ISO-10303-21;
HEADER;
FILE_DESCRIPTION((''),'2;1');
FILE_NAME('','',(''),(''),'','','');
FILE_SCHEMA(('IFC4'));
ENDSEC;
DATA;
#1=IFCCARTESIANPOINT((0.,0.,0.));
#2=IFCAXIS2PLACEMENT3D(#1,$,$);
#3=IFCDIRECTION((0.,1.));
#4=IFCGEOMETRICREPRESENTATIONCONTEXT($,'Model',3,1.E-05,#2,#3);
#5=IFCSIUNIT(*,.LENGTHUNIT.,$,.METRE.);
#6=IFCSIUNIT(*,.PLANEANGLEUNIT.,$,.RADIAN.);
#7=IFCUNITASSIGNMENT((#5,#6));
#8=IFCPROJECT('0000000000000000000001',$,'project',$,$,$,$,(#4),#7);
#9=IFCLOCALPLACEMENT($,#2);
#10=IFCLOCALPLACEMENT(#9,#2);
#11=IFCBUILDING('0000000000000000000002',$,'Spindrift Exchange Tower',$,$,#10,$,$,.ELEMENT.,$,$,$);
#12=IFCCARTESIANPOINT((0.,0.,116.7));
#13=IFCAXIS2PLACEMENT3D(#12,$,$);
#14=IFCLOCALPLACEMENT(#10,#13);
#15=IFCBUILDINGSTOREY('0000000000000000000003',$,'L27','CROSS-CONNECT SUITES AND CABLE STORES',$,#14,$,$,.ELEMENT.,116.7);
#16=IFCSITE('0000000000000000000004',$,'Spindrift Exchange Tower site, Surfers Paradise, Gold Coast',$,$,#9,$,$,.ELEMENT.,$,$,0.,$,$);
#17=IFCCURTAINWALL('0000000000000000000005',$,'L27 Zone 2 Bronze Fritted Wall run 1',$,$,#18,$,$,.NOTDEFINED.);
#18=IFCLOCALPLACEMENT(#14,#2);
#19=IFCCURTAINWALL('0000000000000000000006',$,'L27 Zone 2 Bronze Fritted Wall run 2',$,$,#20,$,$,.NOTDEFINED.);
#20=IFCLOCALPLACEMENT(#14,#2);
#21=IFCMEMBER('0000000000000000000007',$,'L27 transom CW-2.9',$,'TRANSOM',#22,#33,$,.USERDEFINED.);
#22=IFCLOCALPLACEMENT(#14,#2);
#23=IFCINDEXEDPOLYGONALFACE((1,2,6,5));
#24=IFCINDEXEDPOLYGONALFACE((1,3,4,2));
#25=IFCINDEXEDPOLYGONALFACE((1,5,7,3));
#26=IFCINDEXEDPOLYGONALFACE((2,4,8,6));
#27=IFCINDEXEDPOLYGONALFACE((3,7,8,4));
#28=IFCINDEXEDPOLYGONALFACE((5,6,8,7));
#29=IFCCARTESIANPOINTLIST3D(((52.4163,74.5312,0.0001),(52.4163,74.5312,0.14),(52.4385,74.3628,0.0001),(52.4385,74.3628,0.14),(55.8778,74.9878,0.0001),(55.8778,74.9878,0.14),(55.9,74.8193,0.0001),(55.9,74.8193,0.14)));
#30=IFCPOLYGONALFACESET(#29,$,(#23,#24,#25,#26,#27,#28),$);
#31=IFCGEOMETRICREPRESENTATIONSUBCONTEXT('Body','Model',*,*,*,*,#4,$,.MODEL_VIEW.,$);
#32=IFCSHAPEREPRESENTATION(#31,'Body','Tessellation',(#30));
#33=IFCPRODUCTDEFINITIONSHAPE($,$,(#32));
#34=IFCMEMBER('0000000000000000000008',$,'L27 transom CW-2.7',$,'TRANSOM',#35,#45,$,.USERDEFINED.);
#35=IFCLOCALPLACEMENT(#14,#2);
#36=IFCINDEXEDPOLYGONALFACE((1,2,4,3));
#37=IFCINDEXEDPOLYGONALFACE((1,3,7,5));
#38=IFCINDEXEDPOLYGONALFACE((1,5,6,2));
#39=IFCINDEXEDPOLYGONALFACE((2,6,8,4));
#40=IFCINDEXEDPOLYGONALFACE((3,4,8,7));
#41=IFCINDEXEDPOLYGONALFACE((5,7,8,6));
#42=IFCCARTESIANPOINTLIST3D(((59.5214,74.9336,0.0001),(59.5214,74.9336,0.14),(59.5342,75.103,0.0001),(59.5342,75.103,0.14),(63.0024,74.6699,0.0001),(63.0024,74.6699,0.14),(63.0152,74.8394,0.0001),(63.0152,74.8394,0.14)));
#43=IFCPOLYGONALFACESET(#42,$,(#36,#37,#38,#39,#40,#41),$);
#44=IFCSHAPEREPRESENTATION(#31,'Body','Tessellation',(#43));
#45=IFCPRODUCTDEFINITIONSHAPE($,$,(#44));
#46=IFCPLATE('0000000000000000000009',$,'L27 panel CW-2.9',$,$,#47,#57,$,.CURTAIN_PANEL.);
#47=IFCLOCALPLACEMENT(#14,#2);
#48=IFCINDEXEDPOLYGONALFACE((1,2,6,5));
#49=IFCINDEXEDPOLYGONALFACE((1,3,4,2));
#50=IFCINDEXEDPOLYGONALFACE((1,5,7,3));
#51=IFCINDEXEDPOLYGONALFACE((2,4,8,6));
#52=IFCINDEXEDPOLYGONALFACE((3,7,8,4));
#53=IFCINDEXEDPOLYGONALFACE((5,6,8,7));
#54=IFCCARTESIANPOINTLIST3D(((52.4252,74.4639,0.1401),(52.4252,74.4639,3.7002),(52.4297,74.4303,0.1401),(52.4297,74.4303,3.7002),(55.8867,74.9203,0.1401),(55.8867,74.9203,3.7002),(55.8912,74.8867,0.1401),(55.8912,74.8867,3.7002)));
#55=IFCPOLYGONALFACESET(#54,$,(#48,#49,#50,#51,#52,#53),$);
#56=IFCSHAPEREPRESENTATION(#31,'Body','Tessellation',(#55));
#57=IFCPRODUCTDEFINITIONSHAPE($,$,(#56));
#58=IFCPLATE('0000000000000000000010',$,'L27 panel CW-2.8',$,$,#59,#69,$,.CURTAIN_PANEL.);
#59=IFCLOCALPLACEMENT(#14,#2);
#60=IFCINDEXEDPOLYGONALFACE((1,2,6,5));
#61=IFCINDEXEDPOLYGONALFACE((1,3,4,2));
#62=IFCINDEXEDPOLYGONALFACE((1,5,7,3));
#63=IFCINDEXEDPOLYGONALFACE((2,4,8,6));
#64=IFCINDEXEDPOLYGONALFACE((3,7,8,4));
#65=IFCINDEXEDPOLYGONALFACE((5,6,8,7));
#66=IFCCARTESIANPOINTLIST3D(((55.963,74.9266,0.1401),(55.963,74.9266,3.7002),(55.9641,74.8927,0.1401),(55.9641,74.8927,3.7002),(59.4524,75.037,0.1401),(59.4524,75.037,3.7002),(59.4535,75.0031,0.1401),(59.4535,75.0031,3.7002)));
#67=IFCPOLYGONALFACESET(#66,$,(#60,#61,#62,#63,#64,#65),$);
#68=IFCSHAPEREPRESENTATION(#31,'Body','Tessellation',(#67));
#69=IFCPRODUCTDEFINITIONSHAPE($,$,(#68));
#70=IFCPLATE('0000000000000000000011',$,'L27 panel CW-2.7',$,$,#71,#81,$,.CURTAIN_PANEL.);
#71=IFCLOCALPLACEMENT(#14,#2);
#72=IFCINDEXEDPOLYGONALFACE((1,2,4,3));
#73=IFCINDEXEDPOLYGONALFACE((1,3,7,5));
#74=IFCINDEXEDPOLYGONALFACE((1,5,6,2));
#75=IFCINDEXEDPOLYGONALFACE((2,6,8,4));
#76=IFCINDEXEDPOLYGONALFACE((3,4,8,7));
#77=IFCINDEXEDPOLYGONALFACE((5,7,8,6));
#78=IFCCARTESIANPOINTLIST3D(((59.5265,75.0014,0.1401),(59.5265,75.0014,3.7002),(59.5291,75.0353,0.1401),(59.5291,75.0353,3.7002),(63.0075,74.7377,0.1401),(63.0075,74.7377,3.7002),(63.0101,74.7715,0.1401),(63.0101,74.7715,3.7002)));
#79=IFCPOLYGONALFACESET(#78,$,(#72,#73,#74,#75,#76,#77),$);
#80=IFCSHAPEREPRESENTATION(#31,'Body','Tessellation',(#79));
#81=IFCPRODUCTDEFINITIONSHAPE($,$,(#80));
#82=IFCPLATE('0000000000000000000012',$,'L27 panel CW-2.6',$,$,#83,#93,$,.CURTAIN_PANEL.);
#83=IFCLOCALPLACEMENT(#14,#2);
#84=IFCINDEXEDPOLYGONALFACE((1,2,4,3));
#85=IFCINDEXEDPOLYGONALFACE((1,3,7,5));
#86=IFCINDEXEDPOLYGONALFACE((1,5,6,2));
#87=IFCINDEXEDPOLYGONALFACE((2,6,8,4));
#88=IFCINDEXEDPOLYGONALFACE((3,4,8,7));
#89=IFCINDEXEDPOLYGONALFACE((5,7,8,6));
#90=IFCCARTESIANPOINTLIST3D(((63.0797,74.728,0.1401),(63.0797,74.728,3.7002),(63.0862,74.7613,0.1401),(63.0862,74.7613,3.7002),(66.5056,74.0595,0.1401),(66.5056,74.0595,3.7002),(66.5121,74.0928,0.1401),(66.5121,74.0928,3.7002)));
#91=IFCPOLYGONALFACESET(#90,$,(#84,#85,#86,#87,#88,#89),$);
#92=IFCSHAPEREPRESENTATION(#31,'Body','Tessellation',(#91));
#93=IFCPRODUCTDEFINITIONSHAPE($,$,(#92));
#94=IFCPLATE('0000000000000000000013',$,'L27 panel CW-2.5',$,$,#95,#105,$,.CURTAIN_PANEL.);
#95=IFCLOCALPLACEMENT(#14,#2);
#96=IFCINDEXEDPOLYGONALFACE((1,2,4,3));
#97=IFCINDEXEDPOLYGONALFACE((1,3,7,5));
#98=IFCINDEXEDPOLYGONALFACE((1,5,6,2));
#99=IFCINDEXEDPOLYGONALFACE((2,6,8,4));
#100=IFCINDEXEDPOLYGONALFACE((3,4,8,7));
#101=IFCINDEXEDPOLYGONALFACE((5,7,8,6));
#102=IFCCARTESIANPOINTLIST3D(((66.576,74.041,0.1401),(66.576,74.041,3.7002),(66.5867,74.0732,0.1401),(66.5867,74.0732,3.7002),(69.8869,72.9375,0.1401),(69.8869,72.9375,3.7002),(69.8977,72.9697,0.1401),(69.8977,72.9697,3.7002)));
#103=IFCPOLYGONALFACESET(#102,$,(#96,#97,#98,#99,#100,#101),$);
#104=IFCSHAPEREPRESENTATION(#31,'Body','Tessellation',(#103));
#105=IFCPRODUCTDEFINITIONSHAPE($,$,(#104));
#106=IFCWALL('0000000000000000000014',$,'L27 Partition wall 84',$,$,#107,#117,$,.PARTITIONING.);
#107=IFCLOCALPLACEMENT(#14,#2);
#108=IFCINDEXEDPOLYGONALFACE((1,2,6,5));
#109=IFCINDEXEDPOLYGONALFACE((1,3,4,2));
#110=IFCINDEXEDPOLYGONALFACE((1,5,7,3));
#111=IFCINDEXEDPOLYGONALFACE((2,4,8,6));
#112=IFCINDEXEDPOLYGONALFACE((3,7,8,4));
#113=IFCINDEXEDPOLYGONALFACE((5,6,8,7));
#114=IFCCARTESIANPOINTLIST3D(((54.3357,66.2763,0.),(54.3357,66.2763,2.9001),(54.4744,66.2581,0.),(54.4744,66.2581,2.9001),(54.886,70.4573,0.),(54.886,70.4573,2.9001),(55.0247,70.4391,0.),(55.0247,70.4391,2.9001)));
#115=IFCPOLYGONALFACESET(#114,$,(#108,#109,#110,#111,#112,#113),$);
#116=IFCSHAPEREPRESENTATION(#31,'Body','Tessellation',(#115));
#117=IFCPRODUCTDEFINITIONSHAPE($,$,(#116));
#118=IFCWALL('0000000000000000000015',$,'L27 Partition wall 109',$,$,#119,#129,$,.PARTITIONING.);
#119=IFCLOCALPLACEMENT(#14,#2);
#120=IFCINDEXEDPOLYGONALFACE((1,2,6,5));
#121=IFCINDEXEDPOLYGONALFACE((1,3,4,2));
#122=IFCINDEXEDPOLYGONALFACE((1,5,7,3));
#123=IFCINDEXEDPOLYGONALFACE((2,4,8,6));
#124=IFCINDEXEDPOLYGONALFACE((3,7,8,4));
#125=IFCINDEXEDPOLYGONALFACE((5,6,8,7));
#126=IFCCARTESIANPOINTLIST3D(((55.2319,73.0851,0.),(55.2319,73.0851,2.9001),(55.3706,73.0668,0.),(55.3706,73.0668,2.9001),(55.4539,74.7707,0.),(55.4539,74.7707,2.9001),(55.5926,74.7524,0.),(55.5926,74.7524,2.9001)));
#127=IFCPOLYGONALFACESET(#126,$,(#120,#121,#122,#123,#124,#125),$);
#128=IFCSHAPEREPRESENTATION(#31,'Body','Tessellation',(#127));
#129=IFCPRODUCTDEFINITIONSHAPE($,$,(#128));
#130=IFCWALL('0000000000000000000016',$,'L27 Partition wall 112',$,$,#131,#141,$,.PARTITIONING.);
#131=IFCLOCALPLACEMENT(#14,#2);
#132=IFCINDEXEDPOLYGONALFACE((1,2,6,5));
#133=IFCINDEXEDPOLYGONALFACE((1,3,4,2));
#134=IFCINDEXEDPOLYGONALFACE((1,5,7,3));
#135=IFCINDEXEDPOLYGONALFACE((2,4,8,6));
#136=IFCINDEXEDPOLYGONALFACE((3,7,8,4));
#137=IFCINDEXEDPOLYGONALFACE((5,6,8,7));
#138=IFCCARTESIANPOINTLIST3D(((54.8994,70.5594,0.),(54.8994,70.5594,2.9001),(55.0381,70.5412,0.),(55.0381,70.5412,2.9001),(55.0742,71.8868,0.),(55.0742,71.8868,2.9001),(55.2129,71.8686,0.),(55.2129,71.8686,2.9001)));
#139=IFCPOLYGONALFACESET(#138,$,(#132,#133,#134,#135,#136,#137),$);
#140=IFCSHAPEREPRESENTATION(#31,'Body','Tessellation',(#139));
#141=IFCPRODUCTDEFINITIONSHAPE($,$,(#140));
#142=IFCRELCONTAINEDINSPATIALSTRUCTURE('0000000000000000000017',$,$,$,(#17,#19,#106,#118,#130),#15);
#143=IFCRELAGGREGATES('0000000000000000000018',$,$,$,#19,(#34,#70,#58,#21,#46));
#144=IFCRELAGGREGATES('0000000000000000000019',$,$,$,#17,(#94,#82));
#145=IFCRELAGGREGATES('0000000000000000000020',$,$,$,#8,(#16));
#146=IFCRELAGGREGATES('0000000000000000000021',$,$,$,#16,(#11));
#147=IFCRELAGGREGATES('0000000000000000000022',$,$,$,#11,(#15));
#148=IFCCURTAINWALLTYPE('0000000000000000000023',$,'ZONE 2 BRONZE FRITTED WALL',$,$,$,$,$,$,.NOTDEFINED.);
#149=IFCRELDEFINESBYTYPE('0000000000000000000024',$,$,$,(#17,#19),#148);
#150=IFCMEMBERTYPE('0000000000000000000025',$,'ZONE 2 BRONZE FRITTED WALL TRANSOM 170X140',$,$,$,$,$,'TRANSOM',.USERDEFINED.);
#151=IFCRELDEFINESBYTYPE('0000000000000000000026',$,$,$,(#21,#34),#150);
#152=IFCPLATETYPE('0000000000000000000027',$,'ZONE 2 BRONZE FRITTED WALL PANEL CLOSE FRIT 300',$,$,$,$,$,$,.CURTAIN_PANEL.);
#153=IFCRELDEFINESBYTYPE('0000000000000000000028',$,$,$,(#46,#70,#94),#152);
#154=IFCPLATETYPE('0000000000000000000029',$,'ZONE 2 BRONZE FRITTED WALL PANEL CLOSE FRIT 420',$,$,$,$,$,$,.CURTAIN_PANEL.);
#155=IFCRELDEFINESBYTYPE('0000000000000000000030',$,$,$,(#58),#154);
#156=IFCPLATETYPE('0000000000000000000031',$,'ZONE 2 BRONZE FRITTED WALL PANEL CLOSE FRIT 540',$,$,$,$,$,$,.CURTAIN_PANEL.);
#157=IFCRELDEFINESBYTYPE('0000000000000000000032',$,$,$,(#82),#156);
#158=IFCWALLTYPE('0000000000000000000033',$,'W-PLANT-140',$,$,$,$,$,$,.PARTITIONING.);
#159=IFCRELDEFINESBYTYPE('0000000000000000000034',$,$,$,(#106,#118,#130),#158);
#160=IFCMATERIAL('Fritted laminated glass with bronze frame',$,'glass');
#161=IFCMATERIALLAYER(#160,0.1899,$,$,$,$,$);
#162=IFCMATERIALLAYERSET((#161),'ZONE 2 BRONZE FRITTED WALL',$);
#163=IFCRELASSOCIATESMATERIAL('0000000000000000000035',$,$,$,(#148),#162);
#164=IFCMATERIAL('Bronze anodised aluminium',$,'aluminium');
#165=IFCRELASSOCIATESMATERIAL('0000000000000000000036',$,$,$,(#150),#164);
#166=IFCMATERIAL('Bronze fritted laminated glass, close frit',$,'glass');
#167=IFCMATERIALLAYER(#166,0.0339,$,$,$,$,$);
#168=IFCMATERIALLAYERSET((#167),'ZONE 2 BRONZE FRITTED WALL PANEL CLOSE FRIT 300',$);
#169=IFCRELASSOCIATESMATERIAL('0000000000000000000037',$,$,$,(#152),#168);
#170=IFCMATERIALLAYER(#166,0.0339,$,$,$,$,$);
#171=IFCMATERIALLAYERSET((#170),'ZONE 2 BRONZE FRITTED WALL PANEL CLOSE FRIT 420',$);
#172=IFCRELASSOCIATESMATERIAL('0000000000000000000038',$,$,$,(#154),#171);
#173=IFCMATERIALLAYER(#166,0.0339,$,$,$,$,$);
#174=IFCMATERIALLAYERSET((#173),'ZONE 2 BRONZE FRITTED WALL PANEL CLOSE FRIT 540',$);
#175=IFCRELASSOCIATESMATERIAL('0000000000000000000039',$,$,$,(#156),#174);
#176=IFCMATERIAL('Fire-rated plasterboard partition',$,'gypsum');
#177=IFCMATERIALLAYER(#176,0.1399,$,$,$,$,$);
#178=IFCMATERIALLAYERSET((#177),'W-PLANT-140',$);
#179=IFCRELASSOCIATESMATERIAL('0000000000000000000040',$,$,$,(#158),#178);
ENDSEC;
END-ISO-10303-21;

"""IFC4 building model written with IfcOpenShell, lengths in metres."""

from ifc_helpers import new_model, si_unit, direction, frame, frame_2d, origin, origin_2d, place, context, subcontext, project, spatial, rectangle, extrude, source, transform, mapped, material, layer, layer_set, material_profile, profile_set, type_object, element, aggregate, save


model = new_model("IFC4")

# Units and contexts
model_context = context("Model", 3, precision=1e-05, world=origin(), true_north=direction((0.0, 1.0)))
body_context = subcontext(model_context, "Body", "Model", "MODEL_VIEW")
ifc_project = project(units=[si_unit("LENGTHUNIT", "METRE"), si_unit("PLANEANGLEUNIT", "RADIAN")], contexts=[model_context])

# Site, building, storey
site_placement = place(None, origin())
site = spatial("IfcSite", under=ifc_project, at=site_placement, Name="Spindrift Exchange Tower site, Surfers Paradise, Gold Coast", CompositionType="ELEMENT", RefElevation=0.0)
building_placement = place(site_placement, origin())
building = spatial("IfcBuilding", under=site, at=building_placement, Name="Spindrift Exchange Tower", CompositionType="ELEMENT")
storey_placement = place(building_placement, frame((0.0, 0.0, 116.7)))
storey = spatial("IfcBuildingStorey", under=building, at=storey_placement, Name="L27", Description="CROSS-CONNECT SUITES AND CABLE STORES", CompositionType="ELEMENT", Elevation=116.7)

# Curtain wall
ifc_material_1 = material(Name="Fritted laminated glass with bronze frame", Category="glass")
ifc_layer_1 = layer(ifc_material_1, 0.1899)
ifc_layer_set_1 = layer_set([ifc_layer_1], Name="ZONE 2 BRONZE FRITTED WALL")
curtain_wall_type = type_object("IfcCurtainWallType", Name="ZONE 2 BRONZE FRITTED WALL", PredefinedType="NOTDEFINED", material=ifc_layer_set_1)
curtain_wall_1_placement = place(storey_placement, origin())
curtain_wall_1 = element("IfcCurtainWall", 1, at=curtain_wall_1_placement, inside=storey, type_object=curtain_wall_type, Name="L27 Zone 2 Bronze Fritted Wall run 1", PredefinedType="NOTDEFINED")
ifc_material_2 = material(Name="Bronze anodised aluminium", Category="aluminium")

# Curtain wall
curtain_wall_2_placement = place(storey_placement, origin())
curtain_wall_2 = element("IfcCurtainWall", 2, at=curtain_wall_2_placement, inside=storey, type_object=curtain_wall_type, Name="L27 Zone 2 Bronze Fritted Wall run 2", PredefinedType="NOTDEFINED")
ifc_material_profile_1 = material_profile(ifc_material_2, rectangle(XDim=0.1699, YDim=0.1399, at=origin_2d()), Name="ZONE 2 BRONZE FRITTED WALL TRANSOM 170X140")
ifc_profile_set_1 = profile_set([ifc_material_profile_1], Name="Bronze anodised aluminium")
member_type_1 = type_object("IfcMemberType", Name="ZONE 2 BRONZE FRITTED WALL TRANSOM 170X140", ElementType="TRANSOM", PredefinedType="USERDEFINED", material=ifc_profile_set_1)

# Members
shared_shape_1 = source(origin(), body_context, "Body", "SweptSolid", [
    extrude(rectangle(XDim=0.1699, YDim=0.1399, at=origin_2d()), origin(), (0.0, 0.0, 1.0), 3.4915),
])
member_1_placement = place(storey_placement, frame((55.8889, 74.9036, 0.0701), z_axis=(-0.991414, -0.130762, 0.0), x_axis=(0.130762, -0.991414, 0.0)))
member_1 = element("IfcMember", 3, at=member_1_placement, type_object=member_type_1, Name="L27 transom CW-2.9", ObjectType="TRANSOM", PredefinedType="USERDEFINED", context=body_context, shape_type="MappedRepresentation", body=[
    mapped(shared_shape_1, transform((0.0, 0.0, 0.0), scale=1.0)),
])
shared_shape_2 = source(origin(), body_context, "Body", "SweptSolid", [
    extrude(rectangle(XDim=0.1699, YDim=0.1399, at=origin_2d()), origin(), (0.0, 0.0, 1.0), 3.491),
])
member_2_placement = place(storey_placement, frame((63.0088, 74.7546, 0.0701), z_axis=(-0.997143, 0.075531, 0.0), x_axis=(-0.075531, -0.997143, 0.0)))
member_2 = element("IfcMember", 4, at=member_2_placement, type_object=member_type_1, Name="L27 transom CW-2.7", ObjectType="TRANSOM", PredefinedType="USERDEFINED", context=body_context, shape_type="MappedRepresentation", body=[
    mapped(shared_shape_2, transform((0.0, 0.0, 0.0), scale=1.0)),
])

# Plates
ifc_material_3 = material(Name="Bronze fritted laminated glass, close frit", Category="glass")
ifc_layer_2 = layer(ifc_material_3, 0.0339)
ifc_layer_set_2 = layer_set([ifc_layer_2], Name="ZONE 2 BRONZE FRITTED WALL PANEL CLOSE FRIT 300")
plate_type_1 = type_object("IfcPlateType", Name="ZONE 2 BRONZE FRITTED WALL PANEL CLOSE FRIT 300", PredefinedType="CURTAIN_PANEL", material=ifc_layer_set_2)
shared_shape_3 = source(origin(), body_context, "Body", "SweptSolid", [
    extrude(rectangle(XDim=3.4915, YDim=0.0339, at=origin_2d()), origin(), (0.0, 0.0, 1.0), 3.5601),
])
plate_1_placement = place(storey_placement, frame((54.1582, 74.6753, 0.1401), z_axis=(0.0, 0.0, 1.0), x_axis=(-0.991419, -0.13072, 0.0)))
plate_1 = element("IfcPlate", 5, at=plate_1_placement, type_object=plate_type_1, Name="L27 panel CW-2.9", PredefinedType="CURTAIN_PANEL", context=body_context, shape_type="MappedRepresentation", body=[
    mapped(shared_shape_3, transform((0.0, 0.0, 0.0), scale=1.0)),
])
ifc_layer_3 = layer(ifc_material_3, 0.0339)
ifc_layer_set_3 = layer_set([ifc_layer_3], Name="ZONE 2 BRONZE FRITTED WALL PANEL CLOSE FRIT 420")
plate_type_2 = type_object("IfcPlateType", Name="ZONE 2 BRONZE FRITTED WALL PANEL CLOSE FRIT 420", PredefinedType="CURTAIN_PANEL", material=ifc_layer_set_3)
shared_shape_4 = source(origin(), body_context, "Body", "SweptSolid", [
    extrude(rectangle(XDim=3.4912, YDim=0.0339, at=origin_2d()), origin(), (0.0, 0.0, 1.0), 3.5601),
])
plate_2_placement = place(storey_placement, frame((57.7083, 74.9648, 0.1401), z_axis=(0.0, 0.0, 1.0), x_axis=(-0.9995, -0.031631, 0.0)))
plate_2 = element("IfcPlate", 6, at=plate_2_placement, type_object=plate_type_2, Name="L27 panel CW-2.8", PredefinedType="CURTAIN_PANEL", context=body_context, shape_type="MappedRepresentation", body=[
    mapped(shared_shape_4, transform((0.0, 0.0, 0.0), scale=1.0)),
])
shared_shape_5 = source(origin(), body_context, "Body", "SweptSolid", [
    extrude(rectangle(XDim=3.491, YDim=0.0339, at=origin_2d()), origin(), (0.0, 0.0, 1.0), 3.5601),
])
plate_3_placement = place(storey_placement, frame((61.2683, 74.8865, 0.1401), z_axis=(0.0, 0.0, 1.0), x_axis=(-0.997142, 0.07555, 0.0)))
plate_3 = element("IfcPlate", 7, at=plate_3_placement, type_object=plate_type_1, Name="L27 panel CW-2.7", PredefinedType="CURTAIN_PANEL", context=body_context, shape_type="MappedRepresentation", body=[
    mapped(shared_shape_5, transform((0.0, 0.0, 0.0), scale=1.0)),
])
aggregate(curtain_wall_2, [member_2, plate_3, plate_2, member_1, plate_1])
ifc_layer_4 = layer(ifc_material_3, 0.0339)
ifc_layer_set_4 = layer_set([ifc_layer_4], Name="ZONE 2 BRONZE FRITTED WALL PANEL CLOSE FRIT 540")
plate_type_3 = type_object("IfcPlateType", Name="ZONE 2 BRONZE FRITTED WALL PANEL CLOSE FRIT 540", PredefinedType="CURTAIN_PANEL", material=ifc_layer_set_4)
shared_shape_6 = source(origin(), body_context, "Body", "SweptSolid", [
    extrude(rectangle(XDim=3.4905, YDim=0.0339, at=origin_2d()), origin(), (0.0, 0.0, 1.0), 3.5601),
])
plate_4_placement = place(storey_placement, frame((64.7959, 74.4104, 0.1401), z_axis=(0.0, 0.0, 1.0), x_axis=(-0.981492, 0.191503, 0.0)))
plate_4 = element("IfcPlate", 8, at=plate_4_placement, type_object=plate_type_3, Name="L27 panel CW-2.6", PredefinedType="CURTAIN_PANEL", context=body_context, shape_type="MappedRepresentation", body=[
    mapped(shared_shape_6, transform((0.0, 0.0, 0.0), scale=1.0)),
])
shared_shape_7 = source(origin(), body_context, "Body", "SweptSolid", [
    extrude(rectangle(XDim=3.49, YDim=0.0339, at=origin_2d()), origin(), (0.0, 0.0, 1.0), 3.5601),
])
plate_5_placement = place(storey_placement, frame((68.2368, 73.5054, 0.1401), z_axis=(0.0, 0.0, 1.0), x_axis=(-0.9487, 0.316177, 0.0)))
plate_5 = element("IfcPlate", 9, at=plate_5_placement, type_object=plate_type_1, Name="L27 panel CW-2.5", PredefinedType="CURTAIN_PANEL", context=body_context, shape_type="MappedRepresentation", body=[
    mapped(shared_shape_7, transform((0.0, 0.0, 0.0), scale=1.0)),
])
aggregate(curtain_wall_1, [plate_5, plate_4])

# Walls
ifc_material_4 = material(Name="Fire-rated plasterboard partition", Category="gypsum")
ifc_layer_5 = layer(ifc_material_4, 0.1399)
ifc_layer_set_5 = layer_set([ifc_layer_5], Name="W-PLANT-140")
wall_type = type_object("IfcWallType", Name="W-PLANT-140", PredefinedType="PARTITIONING", material=ifc_layer_set_5)
wall_1_placement = place(storey_placement, frame((54.405, 66.2673, 0.0), z_axis=(0.0, 0.0, 1.0), x_axis=(0.130495, 0.991449, 0.0)))
element("IfcWall", 10, at=wall_1_placement, inside=storey, type_object=wall_type, Name="L27 Partition wall 84", PredefinedType="PARTITIONING", context=body_context, shape_type="SweptSolid", body=[
    extrude(rectangle(XDim=4.217, YDim=0.1399, at=frame_2d((2.1084, 0.0))), origin(), (0.0, 0.0, 1.0), 2.9001),
])
wall_2_placement = place(storey_placement, frame((55.3013, 73.0759, 0.0), z_axis=(0.0, 0.0, 1.0), x_axis=(0.130536, 0.991444, 0.0)))
element("IfcWall", 11, at=wall_2_placement, inside=storey, type_object=wall_type, Name="L27 Partition wall 109", PredefinedType="PARTITIONING", context=body_context, shape_type="SweptSolid", body=[
    extrude(rectangle(XDim=1.7002, YDim=0.1399, at=frame_2d((0.8501, 0.0))), origin(), (0.0, 0.0, 1.0), 2.9001),
])
wall_3_placement = place(storey_placement, frame((54.9688, 70.5503, 0.0), z_axis=(0.0, 0.0, 1.0), x_axis=(0.130563, 0.99144, 0.0)))
element("IfcWall", 12, at=wall_3_placement, inside=storey, type_object=wall_type, Name="L27 Partition wall 112", PredefinedType="PARTITIONING", context=body_context, shape_type="SweptSolid", body=[
    extrude(rectangle(XDim=1.3389, YDim=0.1399, at=frame_2d((0.6694, 0.0))), origin(), (0.0, 0.0, 1.0), 2.9001),
])

save(model, "model.ifc")
